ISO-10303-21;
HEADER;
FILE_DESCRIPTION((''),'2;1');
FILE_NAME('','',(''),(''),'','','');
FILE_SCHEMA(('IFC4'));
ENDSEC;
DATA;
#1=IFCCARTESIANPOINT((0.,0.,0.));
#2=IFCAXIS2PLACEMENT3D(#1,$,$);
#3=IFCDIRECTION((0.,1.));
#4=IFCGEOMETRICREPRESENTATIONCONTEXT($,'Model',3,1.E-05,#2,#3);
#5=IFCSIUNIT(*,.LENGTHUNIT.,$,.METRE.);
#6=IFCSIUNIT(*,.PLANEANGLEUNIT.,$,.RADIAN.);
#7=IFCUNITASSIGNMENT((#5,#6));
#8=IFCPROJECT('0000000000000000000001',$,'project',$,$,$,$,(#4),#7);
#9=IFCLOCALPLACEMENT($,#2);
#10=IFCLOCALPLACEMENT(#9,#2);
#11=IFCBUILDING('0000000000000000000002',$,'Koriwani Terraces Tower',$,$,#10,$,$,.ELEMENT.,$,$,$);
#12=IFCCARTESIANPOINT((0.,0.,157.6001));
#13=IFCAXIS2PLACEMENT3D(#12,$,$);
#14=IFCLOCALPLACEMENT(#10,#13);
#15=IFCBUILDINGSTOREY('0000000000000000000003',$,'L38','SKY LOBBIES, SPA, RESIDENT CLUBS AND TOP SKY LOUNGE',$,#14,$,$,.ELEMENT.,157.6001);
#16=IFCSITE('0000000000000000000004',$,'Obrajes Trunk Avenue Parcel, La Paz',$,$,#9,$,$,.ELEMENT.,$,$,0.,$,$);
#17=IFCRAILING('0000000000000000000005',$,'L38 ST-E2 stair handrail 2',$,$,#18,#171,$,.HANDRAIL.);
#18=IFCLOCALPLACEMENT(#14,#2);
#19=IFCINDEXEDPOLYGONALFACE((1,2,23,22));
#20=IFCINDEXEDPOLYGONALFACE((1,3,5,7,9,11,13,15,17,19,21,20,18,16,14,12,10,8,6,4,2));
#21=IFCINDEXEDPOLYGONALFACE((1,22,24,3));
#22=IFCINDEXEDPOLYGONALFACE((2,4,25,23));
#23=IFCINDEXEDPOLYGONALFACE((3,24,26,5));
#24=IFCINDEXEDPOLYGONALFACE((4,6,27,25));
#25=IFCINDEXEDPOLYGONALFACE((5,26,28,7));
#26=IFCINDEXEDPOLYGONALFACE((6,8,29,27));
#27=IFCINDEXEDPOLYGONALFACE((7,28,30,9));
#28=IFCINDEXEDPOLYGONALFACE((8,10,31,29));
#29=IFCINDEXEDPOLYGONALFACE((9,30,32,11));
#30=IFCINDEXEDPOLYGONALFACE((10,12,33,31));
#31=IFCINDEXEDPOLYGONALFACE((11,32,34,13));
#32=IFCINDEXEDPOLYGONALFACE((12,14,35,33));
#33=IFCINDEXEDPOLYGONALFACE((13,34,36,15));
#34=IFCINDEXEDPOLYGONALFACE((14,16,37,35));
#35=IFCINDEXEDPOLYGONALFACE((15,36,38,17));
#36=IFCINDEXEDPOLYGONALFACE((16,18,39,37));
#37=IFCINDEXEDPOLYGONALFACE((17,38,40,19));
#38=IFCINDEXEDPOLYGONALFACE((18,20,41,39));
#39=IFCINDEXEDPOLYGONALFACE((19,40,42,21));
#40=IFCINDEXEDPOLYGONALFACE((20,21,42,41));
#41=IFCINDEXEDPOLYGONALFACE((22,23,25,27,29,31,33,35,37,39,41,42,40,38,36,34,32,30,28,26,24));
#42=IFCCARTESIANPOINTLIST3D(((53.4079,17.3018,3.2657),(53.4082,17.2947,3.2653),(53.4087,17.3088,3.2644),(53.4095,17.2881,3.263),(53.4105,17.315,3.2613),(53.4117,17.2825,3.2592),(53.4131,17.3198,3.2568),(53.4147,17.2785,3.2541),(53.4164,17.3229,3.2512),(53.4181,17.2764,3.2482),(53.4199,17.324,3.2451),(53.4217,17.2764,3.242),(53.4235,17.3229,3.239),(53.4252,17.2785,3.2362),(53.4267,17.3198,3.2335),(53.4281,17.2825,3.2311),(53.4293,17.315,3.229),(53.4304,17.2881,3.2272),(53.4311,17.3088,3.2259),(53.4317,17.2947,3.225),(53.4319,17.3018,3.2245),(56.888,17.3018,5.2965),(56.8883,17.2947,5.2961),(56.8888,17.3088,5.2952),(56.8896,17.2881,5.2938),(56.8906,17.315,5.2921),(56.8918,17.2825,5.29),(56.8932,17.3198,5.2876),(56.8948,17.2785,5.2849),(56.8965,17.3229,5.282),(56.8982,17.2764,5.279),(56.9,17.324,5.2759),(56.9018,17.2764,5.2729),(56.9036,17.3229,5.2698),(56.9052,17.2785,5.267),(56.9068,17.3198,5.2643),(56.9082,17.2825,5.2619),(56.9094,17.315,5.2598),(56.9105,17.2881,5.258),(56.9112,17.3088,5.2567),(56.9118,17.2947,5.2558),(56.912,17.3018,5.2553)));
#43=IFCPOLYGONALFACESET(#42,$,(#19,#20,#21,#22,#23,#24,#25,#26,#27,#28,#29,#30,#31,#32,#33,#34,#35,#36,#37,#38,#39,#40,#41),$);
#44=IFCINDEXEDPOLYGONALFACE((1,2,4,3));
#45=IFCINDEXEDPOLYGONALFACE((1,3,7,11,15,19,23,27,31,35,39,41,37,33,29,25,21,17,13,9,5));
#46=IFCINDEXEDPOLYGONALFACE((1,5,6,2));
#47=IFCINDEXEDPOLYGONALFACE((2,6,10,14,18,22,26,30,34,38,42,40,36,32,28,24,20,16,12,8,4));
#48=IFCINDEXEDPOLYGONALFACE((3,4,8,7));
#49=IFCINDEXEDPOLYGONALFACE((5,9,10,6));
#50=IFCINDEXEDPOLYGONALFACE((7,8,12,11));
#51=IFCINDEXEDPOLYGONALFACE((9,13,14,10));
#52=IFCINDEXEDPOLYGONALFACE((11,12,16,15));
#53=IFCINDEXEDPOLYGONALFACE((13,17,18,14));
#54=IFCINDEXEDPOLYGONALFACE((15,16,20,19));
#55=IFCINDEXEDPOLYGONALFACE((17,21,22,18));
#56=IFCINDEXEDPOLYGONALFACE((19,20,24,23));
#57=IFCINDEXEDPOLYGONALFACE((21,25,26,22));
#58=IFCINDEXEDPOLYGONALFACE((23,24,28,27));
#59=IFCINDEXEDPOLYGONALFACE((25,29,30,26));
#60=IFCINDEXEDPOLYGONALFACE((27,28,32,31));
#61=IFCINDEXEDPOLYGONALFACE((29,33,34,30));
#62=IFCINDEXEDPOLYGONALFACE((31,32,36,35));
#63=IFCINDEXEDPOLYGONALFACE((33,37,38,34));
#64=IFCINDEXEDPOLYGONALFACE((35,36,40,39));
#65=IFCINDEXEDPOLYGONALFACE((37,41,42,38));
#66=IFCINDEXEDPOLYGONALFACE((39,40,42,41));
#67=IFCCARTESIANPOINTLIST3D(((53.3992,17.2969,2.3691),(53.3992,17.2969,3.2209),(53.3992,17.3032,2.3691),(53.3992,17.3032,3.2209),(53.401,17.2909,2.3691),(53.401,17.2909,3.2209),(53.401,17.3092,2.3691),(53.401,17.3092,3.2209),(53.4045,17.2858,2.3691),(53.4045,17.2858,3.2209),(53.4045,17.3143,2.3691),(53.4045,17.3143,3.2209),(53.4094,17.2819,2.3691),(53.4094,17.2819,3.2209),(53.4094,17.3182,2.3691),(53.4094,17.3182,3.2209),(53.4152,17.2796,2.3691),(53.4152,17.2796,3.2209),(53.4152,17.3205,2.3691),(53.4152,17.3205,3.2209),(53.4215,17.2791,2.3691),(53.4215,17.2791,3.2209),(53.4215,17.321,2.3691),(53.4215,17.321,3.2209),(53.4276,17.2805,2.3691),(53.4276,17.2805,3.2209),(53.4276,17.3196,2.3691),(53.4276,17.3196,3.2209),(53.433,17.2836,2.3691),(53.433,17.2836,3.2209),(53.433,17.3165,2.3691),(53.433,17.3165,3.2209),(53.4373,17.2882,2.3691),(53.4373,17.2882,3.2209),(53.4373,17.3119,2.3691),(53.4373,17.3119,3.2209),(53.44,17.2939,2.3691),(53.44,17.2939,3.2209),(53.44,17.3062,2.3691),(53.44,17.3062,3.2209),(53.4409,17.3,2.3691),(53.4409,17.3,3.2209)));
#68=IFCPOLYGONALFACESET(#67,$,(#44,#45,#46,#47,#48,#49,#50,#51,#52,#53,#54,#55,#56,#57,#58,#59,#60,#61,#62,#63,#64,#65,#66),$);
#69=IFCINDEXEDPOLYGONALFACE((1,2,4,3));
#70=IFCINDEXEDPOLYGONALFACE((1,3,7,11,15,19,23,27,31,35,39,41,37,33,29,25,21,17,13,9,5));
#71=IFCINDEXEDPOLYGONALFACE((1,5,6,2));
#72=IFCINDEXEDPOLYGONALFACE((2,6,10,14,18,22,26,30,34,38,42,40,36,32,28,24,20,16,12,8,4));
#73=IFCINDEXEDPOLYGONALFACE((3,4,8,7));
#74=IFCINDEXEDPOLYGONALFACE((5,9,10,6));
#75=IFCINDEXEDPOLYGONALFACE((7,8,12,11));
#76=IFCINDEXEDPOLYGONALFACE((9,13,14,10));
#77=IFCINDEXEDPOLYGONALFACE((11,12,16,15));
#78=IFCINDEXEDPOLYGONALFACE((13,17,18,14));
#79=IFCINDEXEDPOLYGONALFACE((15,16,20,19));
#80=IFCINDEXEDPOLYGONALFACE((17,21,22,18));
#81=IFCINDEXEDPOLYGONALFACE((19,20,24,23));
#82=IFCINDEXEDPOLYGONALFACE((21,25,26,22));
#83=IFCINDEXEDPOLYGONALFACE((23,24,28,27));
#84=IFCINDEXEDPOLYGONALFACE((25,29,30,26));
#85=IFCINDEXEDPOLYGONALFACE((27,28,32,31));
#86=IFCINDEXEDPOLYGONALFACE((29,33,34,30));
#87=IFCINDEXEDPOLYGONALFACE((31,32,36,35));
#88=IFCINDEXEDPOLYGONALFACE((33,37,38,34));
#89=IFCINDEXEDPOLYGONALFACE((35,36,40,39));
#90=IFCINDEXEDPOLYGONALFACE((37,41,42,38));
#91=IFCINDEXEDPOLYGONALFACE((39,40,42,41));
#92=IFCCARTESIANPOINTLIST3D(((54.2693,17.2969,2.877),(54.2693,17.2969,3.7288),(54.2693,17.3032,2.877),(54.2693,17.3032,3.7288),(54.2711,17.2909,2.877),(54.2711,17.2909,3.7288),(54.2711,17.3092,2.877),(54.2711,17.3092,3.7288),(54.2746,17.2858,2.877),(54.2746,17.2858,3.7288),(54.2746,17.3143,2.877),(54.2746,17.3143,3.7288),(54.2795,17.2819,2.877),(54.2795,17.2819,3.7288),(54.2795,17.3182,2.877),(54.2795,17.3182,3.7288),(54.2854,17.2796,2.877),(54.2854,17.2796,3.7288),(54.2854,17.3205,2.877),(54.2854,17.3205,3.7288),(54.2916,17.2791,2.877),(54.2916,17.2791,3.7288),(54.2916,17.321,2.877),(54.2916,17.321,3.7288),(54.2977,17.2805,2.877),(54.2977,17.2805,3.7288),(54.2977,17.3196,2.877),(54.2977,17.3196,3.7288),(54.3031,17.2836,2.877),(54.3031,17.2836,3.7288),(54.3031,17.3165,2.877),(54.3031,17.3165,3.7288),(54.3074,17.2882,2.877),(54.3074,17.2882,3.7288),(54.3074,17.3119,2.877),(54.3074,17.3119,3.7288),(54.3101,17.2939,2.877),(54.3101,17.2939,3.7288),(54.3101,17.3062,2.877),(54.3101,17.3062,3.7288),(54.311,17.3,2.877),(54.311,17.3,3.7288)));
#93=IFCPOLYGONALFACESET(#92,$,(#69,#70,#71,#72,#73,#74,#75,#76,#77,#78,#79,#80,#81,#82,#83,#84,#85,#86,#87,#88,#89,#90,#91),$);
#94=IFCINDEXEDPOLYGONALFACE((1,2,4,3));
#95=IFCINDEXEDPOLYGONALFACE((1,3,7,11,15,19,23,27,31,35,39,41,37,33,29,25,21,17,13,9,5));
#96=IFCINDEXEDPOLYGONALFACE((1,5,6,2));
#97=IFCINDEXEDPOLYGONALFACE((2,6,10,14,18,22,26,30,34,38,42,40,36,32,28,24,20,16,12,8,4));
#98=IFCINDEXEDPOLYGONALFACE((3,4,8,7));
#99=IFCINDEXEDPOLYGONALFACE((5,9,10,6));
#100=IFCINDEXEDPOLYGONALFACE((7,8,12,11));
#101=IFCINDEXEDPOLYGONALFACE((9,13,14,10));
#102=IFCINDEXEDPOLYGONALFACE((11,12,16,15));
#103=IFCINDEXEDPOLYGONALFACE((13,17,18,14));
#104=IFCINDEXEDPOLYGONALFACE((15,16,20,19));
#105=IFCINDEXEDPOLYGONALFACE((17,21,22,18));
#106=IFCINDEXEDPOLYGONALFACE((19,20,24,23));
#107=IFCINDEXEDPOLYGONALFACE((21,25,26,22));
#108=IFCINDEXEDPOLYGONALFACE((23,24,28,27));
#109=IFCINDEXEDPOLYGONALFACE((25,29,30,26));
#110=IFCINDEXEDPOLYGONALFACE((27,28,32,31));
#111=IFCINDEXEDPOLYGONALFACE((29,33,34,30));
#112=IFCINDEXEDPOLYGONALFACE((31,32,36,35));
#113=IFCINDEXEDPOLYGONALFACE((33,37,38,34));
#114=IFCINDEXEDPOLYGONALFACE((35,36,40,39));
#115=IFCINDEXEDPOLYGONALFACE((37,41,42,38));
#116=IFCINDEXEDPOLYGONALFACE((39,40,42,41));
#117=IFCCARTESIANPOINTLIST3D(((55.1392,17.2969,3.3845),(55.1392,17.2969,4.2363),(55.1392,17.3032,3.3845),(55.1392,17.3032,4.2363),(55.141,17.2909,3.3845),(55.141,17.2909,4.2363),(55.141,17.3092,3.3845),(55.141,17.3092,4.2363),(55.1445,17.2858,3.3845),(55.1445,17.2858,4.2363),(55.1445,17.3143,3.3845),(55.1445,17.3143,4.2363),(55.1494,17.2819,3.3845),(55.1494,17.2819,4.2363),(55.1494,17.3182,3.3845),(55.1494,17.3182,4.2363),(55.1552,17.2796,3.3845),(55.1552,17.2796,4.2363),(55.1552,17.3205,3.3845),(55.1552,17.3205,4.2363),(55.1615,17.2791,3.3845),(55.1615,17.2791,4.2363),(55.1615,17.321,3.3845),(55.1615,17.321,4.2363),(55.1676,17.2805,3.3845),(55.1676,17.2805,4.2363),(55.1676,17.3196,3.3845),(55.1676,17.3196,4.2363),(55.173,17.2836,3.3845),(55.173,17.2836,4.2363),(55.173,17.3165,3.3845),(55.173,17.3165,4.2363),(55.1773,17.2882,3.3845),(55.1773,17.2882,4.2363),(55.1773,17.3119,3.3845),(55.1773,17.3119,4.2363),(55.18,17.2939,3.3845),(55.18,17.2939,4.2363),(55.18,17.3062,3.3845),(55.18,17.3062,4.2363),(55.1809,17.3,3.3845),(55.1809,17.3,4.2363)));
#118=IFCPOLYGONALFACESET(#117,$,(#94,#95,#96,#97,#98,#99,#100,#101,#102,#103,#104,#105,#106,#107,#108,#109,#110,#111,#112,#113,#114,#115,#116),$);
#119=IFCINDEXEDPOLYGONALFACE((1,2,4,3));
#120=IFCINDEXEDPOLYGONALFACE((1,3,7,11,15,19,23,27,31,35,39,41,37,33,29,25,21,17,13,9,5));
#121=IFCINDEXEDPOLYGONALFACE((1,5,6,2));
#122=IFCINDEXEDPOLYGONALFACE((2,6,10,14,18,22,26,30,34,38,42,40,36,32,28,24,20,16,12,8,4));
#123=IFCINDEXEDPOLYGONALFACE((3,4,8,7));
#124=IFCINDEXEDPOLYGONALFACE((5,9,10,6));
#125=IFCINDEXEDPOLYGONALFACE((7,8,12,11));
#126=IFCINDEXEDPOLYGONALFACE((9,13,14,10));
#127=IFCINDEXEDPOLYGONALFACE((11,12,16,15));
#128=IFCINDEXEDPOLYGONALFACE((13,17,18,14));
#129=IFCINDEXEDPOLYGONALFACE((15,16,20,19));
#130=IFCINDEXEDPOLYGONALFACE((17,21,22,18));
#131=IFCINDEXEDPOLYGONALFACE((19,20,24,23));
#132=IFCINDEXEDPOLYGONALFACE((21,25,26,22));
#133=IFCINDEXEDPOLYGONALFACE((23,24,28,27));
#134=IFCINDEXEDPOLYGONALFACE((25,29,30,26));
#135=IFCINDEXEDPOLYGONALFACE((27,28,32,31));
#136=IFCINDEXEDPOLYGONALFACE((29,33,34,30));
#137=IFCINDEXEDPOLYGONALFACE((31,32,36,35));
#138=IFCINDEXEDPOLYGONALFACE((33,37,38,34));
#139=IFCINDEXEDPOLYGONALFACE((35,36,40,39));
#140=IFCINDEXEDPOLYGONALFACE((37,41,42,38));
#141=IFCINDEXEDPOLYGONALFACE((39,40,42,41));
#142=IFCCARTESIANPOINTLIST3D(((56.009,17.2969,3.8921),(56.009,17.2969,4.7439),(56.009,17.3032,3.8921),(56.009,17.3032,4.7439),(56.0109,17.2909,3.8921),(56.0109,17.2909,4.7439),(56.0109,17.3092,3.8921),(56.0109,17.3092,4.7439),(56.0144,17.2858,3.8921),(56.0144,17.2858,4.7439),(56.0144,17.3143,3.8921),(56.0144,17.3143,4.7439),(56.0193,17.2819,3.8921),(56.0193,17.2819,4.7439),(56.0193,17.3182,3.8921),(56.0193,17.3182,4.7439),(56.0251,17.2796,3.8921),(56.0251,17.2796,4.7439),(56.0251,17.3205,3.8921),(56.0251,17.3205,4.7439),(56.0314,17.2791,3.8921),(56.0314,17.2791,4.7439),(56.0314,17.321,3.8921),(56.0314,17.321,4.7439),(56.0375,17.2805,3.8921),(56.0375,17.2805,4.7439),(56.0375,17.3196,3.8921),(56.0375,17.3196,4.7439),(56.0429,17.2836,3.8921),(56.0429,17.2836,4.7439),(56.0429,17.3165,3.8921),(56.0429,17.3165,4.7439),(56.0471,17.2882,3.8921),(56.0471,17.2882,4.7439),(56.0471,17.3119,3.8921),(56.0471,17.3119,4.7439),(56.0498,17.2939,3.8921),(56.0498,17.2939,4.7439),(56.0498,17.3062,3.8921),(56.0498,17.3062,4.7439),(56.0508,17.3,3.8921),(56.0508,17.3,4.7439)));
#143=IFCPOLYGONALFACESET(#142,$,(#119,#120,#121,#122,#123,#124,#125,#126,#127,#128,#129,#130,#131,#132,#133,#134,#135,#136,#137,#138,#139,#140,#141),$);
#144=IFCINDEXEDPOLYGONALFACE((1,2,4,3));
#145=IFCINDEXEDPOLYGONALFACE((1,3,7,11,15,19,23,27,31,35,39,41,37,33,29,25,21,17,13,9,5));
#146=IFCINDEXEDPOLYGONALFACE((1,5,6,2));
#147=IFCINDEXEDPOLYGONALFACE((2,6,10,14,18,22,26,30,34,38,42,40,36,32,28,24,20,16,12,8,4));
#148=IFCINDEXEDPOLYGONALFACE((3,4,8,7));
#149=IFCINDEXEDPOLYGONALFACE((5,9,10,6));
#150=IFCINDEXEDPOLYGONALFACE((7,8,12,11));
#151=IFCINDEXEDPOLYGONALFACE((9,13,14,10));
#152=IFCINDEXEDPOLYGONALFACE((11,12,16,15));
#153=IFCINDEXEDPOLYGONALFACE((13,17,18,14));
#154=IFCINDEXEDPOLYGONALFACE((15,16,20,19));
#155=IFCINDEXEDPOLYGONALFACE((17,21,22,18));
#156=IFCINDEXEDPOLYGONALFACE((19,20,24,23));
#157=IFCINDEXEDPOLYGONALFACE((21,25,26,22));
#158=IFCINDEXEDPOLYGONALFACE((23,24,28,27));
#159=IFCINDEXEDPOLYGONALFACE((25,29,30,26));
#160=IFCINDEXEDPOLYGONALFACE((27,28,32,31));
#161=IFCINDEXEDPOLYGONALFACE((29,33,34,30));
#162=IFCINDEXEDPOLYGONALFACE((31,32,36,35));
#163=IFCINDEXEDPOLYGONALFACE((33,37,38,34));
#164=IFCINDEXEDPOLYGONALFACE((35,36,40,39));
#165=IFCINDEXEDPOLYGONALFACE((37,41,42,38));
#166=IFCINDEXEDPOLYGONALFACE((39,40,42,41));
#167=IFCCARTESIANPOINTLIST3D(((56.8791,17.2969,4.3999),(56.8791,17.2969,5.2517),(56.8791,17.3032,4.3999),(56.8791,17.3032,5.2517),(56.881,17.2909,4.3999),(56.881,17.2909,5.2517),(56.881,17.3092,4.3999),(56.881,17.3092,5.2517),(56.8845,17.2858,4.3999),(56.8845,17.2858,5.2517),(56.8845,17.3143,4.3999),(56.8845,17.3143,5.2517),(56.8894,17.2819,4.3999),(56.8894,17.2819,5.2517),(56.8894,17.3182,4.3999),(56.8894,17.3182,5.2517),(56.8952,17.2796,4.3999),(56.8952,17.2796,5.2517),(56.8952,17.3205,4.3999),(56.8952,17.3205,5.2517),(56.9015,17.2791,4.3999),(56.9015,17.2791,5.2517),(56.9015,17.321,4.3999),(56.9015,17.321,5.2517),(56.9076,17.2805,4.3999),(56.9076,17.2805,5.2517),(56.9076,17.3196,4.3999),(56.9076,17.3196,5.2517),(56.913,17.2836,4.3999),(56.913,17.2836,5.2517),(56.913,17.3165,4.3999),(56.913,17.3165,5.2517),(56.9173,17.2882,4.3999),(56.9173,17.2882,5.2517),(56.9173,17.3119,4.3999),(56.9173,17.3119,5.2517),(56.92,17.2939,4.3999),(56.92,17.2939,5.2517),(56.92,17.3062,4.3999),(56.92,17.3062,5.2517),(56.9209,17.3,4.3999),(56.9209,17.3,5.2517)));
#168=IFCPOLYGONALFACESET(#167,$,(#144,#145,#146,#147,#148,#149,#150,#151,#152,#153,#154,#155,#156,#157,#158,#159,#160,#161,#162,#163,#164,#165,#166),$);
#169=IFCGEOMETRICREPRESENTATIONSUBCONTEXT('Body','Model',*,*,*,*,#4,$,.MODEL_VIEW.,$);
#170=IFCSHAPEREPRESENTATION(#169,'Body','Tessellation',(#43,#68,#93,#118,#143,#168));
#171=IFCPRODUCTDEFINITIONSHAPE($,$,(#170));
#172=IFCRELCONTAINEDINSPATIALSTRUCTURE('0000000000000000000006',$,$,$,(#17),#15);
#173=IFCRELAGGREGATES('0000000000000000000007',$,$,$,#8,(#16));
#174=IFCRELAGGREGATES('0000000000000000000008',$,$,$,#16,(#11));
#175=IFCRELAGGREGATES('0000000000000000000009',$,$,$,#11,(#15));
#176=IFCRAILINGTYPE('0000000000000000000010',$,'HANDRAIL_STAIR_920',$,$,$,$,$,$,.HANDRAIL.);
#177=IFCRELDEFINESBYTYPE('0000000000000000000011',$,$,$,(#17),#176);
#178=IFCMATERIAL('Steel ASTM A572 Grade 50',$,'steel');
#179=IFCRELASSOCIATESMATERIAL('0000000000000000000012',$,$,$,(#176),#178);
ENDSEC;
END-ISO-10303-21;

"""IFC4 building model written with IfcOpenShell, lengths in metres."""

from ifc_helpers import new_model, si_unit, direction, frame, origin, origin_2d, place, context, subcontext, project, spatial, circle, extrude, material, type_object, element, save


model = new_model("IFC4")

# Units and contexts
model_context = context("Model", 3, precision=1e-05, world=origin(), true_north=direction((0.0, 1.0)))
body_context = subcontext(model_context, "Body", "Model", "MODEL_VIEW")
ifc_project = project(units=[si_unit("LENGTHUNIT", "METRE"), si_unit("PLANEANGLEUNIT", "RADIAN")], contexts=[model_context])

# Site, building, storey
site_placement = place(None, origin())
site = spatial("IfcSite", under=ifc_project, at=site_placement, Name="Obrajes Trunk Avenue Parcel, La Paz", CompositionType="ELEMENT", RefElevation=0.0)
building_placement = place(site_placement, origin())
building = spatial("IfcBuilding", under=site, at=building_placement, Name="Koriwani Terraces Tower", CompositionType="ELEMENT")
storey_placement = place(building_placement, frame((0.0, 0.0, 157.6001)))
storey = spatial("IfcBuildingStorey", under=building, at=storey_placement, Name="L38", Description="SKY LOBBIES, SPA, RESIDENT CLUBS AND TOP SKY LOUNGE", CompositionType="ELEMENT", Elevation=157.6001)

# Shared definitions
ifc_material_1 = material(Name="Steel ASTM A572 Grade 50", Category="steel")

# Railing
railing_type_1 = type_object("IfcRailingType", Name="HANDRAIL_STAIR_920", PredefinedType="HANDRAIL", material=ifc_material_1)
railing_1_placement = place(storey_placement, frame((53.4199, 17.3, 2.3691)))
element("IfcRailing", 1, at=railing_1_placement, inside=storey, type_object=railing_type_1, Name="L38 ST-E2 stair handrail 2", PredefinedType="HANDRAIL", context=body_context, shape_type="SweptSolid", body=[
    extrude(circle(Radius=0.0239, at=origin_2d()), frame((0.0, 0.0, 0.876), z_axis=(0.863695, 0.0, 0.504014), x_axis=(0.0, 1.0, 0.0)), (0.0, 0.0, 1.0), 4.0293),
    extrude(circle(Radius=0.021, at=origin_2d()), origin(), (0.0, 0.0, 1.0), 0.8518),
    extrude(circle(Radius=0.021, at=origin_2d()), frame((0.8701, 0.0, 0.5078)), (0.0, 0.0, 1.0), 0.8518),
    extrude(circle(Radius=0.021, at=origin_2d()), frame((1.74, 0.0, 1.0154)), (0.0, 0.0, 1.0), 0.8518),
    extrude(circle(Radius=0.021, at=origin_2d()), frame((2.6099, 0.0, 1.5229)), (0.0, 0.0, 1.0), 0.8518),
    extrude(circle(Radius=0.021, at=origin_2d()), frame((3.48, 0.0, 2.0308)), (0.0, 0.0, 1.0), 0.8518),
])

save(model, "model.ifc")
